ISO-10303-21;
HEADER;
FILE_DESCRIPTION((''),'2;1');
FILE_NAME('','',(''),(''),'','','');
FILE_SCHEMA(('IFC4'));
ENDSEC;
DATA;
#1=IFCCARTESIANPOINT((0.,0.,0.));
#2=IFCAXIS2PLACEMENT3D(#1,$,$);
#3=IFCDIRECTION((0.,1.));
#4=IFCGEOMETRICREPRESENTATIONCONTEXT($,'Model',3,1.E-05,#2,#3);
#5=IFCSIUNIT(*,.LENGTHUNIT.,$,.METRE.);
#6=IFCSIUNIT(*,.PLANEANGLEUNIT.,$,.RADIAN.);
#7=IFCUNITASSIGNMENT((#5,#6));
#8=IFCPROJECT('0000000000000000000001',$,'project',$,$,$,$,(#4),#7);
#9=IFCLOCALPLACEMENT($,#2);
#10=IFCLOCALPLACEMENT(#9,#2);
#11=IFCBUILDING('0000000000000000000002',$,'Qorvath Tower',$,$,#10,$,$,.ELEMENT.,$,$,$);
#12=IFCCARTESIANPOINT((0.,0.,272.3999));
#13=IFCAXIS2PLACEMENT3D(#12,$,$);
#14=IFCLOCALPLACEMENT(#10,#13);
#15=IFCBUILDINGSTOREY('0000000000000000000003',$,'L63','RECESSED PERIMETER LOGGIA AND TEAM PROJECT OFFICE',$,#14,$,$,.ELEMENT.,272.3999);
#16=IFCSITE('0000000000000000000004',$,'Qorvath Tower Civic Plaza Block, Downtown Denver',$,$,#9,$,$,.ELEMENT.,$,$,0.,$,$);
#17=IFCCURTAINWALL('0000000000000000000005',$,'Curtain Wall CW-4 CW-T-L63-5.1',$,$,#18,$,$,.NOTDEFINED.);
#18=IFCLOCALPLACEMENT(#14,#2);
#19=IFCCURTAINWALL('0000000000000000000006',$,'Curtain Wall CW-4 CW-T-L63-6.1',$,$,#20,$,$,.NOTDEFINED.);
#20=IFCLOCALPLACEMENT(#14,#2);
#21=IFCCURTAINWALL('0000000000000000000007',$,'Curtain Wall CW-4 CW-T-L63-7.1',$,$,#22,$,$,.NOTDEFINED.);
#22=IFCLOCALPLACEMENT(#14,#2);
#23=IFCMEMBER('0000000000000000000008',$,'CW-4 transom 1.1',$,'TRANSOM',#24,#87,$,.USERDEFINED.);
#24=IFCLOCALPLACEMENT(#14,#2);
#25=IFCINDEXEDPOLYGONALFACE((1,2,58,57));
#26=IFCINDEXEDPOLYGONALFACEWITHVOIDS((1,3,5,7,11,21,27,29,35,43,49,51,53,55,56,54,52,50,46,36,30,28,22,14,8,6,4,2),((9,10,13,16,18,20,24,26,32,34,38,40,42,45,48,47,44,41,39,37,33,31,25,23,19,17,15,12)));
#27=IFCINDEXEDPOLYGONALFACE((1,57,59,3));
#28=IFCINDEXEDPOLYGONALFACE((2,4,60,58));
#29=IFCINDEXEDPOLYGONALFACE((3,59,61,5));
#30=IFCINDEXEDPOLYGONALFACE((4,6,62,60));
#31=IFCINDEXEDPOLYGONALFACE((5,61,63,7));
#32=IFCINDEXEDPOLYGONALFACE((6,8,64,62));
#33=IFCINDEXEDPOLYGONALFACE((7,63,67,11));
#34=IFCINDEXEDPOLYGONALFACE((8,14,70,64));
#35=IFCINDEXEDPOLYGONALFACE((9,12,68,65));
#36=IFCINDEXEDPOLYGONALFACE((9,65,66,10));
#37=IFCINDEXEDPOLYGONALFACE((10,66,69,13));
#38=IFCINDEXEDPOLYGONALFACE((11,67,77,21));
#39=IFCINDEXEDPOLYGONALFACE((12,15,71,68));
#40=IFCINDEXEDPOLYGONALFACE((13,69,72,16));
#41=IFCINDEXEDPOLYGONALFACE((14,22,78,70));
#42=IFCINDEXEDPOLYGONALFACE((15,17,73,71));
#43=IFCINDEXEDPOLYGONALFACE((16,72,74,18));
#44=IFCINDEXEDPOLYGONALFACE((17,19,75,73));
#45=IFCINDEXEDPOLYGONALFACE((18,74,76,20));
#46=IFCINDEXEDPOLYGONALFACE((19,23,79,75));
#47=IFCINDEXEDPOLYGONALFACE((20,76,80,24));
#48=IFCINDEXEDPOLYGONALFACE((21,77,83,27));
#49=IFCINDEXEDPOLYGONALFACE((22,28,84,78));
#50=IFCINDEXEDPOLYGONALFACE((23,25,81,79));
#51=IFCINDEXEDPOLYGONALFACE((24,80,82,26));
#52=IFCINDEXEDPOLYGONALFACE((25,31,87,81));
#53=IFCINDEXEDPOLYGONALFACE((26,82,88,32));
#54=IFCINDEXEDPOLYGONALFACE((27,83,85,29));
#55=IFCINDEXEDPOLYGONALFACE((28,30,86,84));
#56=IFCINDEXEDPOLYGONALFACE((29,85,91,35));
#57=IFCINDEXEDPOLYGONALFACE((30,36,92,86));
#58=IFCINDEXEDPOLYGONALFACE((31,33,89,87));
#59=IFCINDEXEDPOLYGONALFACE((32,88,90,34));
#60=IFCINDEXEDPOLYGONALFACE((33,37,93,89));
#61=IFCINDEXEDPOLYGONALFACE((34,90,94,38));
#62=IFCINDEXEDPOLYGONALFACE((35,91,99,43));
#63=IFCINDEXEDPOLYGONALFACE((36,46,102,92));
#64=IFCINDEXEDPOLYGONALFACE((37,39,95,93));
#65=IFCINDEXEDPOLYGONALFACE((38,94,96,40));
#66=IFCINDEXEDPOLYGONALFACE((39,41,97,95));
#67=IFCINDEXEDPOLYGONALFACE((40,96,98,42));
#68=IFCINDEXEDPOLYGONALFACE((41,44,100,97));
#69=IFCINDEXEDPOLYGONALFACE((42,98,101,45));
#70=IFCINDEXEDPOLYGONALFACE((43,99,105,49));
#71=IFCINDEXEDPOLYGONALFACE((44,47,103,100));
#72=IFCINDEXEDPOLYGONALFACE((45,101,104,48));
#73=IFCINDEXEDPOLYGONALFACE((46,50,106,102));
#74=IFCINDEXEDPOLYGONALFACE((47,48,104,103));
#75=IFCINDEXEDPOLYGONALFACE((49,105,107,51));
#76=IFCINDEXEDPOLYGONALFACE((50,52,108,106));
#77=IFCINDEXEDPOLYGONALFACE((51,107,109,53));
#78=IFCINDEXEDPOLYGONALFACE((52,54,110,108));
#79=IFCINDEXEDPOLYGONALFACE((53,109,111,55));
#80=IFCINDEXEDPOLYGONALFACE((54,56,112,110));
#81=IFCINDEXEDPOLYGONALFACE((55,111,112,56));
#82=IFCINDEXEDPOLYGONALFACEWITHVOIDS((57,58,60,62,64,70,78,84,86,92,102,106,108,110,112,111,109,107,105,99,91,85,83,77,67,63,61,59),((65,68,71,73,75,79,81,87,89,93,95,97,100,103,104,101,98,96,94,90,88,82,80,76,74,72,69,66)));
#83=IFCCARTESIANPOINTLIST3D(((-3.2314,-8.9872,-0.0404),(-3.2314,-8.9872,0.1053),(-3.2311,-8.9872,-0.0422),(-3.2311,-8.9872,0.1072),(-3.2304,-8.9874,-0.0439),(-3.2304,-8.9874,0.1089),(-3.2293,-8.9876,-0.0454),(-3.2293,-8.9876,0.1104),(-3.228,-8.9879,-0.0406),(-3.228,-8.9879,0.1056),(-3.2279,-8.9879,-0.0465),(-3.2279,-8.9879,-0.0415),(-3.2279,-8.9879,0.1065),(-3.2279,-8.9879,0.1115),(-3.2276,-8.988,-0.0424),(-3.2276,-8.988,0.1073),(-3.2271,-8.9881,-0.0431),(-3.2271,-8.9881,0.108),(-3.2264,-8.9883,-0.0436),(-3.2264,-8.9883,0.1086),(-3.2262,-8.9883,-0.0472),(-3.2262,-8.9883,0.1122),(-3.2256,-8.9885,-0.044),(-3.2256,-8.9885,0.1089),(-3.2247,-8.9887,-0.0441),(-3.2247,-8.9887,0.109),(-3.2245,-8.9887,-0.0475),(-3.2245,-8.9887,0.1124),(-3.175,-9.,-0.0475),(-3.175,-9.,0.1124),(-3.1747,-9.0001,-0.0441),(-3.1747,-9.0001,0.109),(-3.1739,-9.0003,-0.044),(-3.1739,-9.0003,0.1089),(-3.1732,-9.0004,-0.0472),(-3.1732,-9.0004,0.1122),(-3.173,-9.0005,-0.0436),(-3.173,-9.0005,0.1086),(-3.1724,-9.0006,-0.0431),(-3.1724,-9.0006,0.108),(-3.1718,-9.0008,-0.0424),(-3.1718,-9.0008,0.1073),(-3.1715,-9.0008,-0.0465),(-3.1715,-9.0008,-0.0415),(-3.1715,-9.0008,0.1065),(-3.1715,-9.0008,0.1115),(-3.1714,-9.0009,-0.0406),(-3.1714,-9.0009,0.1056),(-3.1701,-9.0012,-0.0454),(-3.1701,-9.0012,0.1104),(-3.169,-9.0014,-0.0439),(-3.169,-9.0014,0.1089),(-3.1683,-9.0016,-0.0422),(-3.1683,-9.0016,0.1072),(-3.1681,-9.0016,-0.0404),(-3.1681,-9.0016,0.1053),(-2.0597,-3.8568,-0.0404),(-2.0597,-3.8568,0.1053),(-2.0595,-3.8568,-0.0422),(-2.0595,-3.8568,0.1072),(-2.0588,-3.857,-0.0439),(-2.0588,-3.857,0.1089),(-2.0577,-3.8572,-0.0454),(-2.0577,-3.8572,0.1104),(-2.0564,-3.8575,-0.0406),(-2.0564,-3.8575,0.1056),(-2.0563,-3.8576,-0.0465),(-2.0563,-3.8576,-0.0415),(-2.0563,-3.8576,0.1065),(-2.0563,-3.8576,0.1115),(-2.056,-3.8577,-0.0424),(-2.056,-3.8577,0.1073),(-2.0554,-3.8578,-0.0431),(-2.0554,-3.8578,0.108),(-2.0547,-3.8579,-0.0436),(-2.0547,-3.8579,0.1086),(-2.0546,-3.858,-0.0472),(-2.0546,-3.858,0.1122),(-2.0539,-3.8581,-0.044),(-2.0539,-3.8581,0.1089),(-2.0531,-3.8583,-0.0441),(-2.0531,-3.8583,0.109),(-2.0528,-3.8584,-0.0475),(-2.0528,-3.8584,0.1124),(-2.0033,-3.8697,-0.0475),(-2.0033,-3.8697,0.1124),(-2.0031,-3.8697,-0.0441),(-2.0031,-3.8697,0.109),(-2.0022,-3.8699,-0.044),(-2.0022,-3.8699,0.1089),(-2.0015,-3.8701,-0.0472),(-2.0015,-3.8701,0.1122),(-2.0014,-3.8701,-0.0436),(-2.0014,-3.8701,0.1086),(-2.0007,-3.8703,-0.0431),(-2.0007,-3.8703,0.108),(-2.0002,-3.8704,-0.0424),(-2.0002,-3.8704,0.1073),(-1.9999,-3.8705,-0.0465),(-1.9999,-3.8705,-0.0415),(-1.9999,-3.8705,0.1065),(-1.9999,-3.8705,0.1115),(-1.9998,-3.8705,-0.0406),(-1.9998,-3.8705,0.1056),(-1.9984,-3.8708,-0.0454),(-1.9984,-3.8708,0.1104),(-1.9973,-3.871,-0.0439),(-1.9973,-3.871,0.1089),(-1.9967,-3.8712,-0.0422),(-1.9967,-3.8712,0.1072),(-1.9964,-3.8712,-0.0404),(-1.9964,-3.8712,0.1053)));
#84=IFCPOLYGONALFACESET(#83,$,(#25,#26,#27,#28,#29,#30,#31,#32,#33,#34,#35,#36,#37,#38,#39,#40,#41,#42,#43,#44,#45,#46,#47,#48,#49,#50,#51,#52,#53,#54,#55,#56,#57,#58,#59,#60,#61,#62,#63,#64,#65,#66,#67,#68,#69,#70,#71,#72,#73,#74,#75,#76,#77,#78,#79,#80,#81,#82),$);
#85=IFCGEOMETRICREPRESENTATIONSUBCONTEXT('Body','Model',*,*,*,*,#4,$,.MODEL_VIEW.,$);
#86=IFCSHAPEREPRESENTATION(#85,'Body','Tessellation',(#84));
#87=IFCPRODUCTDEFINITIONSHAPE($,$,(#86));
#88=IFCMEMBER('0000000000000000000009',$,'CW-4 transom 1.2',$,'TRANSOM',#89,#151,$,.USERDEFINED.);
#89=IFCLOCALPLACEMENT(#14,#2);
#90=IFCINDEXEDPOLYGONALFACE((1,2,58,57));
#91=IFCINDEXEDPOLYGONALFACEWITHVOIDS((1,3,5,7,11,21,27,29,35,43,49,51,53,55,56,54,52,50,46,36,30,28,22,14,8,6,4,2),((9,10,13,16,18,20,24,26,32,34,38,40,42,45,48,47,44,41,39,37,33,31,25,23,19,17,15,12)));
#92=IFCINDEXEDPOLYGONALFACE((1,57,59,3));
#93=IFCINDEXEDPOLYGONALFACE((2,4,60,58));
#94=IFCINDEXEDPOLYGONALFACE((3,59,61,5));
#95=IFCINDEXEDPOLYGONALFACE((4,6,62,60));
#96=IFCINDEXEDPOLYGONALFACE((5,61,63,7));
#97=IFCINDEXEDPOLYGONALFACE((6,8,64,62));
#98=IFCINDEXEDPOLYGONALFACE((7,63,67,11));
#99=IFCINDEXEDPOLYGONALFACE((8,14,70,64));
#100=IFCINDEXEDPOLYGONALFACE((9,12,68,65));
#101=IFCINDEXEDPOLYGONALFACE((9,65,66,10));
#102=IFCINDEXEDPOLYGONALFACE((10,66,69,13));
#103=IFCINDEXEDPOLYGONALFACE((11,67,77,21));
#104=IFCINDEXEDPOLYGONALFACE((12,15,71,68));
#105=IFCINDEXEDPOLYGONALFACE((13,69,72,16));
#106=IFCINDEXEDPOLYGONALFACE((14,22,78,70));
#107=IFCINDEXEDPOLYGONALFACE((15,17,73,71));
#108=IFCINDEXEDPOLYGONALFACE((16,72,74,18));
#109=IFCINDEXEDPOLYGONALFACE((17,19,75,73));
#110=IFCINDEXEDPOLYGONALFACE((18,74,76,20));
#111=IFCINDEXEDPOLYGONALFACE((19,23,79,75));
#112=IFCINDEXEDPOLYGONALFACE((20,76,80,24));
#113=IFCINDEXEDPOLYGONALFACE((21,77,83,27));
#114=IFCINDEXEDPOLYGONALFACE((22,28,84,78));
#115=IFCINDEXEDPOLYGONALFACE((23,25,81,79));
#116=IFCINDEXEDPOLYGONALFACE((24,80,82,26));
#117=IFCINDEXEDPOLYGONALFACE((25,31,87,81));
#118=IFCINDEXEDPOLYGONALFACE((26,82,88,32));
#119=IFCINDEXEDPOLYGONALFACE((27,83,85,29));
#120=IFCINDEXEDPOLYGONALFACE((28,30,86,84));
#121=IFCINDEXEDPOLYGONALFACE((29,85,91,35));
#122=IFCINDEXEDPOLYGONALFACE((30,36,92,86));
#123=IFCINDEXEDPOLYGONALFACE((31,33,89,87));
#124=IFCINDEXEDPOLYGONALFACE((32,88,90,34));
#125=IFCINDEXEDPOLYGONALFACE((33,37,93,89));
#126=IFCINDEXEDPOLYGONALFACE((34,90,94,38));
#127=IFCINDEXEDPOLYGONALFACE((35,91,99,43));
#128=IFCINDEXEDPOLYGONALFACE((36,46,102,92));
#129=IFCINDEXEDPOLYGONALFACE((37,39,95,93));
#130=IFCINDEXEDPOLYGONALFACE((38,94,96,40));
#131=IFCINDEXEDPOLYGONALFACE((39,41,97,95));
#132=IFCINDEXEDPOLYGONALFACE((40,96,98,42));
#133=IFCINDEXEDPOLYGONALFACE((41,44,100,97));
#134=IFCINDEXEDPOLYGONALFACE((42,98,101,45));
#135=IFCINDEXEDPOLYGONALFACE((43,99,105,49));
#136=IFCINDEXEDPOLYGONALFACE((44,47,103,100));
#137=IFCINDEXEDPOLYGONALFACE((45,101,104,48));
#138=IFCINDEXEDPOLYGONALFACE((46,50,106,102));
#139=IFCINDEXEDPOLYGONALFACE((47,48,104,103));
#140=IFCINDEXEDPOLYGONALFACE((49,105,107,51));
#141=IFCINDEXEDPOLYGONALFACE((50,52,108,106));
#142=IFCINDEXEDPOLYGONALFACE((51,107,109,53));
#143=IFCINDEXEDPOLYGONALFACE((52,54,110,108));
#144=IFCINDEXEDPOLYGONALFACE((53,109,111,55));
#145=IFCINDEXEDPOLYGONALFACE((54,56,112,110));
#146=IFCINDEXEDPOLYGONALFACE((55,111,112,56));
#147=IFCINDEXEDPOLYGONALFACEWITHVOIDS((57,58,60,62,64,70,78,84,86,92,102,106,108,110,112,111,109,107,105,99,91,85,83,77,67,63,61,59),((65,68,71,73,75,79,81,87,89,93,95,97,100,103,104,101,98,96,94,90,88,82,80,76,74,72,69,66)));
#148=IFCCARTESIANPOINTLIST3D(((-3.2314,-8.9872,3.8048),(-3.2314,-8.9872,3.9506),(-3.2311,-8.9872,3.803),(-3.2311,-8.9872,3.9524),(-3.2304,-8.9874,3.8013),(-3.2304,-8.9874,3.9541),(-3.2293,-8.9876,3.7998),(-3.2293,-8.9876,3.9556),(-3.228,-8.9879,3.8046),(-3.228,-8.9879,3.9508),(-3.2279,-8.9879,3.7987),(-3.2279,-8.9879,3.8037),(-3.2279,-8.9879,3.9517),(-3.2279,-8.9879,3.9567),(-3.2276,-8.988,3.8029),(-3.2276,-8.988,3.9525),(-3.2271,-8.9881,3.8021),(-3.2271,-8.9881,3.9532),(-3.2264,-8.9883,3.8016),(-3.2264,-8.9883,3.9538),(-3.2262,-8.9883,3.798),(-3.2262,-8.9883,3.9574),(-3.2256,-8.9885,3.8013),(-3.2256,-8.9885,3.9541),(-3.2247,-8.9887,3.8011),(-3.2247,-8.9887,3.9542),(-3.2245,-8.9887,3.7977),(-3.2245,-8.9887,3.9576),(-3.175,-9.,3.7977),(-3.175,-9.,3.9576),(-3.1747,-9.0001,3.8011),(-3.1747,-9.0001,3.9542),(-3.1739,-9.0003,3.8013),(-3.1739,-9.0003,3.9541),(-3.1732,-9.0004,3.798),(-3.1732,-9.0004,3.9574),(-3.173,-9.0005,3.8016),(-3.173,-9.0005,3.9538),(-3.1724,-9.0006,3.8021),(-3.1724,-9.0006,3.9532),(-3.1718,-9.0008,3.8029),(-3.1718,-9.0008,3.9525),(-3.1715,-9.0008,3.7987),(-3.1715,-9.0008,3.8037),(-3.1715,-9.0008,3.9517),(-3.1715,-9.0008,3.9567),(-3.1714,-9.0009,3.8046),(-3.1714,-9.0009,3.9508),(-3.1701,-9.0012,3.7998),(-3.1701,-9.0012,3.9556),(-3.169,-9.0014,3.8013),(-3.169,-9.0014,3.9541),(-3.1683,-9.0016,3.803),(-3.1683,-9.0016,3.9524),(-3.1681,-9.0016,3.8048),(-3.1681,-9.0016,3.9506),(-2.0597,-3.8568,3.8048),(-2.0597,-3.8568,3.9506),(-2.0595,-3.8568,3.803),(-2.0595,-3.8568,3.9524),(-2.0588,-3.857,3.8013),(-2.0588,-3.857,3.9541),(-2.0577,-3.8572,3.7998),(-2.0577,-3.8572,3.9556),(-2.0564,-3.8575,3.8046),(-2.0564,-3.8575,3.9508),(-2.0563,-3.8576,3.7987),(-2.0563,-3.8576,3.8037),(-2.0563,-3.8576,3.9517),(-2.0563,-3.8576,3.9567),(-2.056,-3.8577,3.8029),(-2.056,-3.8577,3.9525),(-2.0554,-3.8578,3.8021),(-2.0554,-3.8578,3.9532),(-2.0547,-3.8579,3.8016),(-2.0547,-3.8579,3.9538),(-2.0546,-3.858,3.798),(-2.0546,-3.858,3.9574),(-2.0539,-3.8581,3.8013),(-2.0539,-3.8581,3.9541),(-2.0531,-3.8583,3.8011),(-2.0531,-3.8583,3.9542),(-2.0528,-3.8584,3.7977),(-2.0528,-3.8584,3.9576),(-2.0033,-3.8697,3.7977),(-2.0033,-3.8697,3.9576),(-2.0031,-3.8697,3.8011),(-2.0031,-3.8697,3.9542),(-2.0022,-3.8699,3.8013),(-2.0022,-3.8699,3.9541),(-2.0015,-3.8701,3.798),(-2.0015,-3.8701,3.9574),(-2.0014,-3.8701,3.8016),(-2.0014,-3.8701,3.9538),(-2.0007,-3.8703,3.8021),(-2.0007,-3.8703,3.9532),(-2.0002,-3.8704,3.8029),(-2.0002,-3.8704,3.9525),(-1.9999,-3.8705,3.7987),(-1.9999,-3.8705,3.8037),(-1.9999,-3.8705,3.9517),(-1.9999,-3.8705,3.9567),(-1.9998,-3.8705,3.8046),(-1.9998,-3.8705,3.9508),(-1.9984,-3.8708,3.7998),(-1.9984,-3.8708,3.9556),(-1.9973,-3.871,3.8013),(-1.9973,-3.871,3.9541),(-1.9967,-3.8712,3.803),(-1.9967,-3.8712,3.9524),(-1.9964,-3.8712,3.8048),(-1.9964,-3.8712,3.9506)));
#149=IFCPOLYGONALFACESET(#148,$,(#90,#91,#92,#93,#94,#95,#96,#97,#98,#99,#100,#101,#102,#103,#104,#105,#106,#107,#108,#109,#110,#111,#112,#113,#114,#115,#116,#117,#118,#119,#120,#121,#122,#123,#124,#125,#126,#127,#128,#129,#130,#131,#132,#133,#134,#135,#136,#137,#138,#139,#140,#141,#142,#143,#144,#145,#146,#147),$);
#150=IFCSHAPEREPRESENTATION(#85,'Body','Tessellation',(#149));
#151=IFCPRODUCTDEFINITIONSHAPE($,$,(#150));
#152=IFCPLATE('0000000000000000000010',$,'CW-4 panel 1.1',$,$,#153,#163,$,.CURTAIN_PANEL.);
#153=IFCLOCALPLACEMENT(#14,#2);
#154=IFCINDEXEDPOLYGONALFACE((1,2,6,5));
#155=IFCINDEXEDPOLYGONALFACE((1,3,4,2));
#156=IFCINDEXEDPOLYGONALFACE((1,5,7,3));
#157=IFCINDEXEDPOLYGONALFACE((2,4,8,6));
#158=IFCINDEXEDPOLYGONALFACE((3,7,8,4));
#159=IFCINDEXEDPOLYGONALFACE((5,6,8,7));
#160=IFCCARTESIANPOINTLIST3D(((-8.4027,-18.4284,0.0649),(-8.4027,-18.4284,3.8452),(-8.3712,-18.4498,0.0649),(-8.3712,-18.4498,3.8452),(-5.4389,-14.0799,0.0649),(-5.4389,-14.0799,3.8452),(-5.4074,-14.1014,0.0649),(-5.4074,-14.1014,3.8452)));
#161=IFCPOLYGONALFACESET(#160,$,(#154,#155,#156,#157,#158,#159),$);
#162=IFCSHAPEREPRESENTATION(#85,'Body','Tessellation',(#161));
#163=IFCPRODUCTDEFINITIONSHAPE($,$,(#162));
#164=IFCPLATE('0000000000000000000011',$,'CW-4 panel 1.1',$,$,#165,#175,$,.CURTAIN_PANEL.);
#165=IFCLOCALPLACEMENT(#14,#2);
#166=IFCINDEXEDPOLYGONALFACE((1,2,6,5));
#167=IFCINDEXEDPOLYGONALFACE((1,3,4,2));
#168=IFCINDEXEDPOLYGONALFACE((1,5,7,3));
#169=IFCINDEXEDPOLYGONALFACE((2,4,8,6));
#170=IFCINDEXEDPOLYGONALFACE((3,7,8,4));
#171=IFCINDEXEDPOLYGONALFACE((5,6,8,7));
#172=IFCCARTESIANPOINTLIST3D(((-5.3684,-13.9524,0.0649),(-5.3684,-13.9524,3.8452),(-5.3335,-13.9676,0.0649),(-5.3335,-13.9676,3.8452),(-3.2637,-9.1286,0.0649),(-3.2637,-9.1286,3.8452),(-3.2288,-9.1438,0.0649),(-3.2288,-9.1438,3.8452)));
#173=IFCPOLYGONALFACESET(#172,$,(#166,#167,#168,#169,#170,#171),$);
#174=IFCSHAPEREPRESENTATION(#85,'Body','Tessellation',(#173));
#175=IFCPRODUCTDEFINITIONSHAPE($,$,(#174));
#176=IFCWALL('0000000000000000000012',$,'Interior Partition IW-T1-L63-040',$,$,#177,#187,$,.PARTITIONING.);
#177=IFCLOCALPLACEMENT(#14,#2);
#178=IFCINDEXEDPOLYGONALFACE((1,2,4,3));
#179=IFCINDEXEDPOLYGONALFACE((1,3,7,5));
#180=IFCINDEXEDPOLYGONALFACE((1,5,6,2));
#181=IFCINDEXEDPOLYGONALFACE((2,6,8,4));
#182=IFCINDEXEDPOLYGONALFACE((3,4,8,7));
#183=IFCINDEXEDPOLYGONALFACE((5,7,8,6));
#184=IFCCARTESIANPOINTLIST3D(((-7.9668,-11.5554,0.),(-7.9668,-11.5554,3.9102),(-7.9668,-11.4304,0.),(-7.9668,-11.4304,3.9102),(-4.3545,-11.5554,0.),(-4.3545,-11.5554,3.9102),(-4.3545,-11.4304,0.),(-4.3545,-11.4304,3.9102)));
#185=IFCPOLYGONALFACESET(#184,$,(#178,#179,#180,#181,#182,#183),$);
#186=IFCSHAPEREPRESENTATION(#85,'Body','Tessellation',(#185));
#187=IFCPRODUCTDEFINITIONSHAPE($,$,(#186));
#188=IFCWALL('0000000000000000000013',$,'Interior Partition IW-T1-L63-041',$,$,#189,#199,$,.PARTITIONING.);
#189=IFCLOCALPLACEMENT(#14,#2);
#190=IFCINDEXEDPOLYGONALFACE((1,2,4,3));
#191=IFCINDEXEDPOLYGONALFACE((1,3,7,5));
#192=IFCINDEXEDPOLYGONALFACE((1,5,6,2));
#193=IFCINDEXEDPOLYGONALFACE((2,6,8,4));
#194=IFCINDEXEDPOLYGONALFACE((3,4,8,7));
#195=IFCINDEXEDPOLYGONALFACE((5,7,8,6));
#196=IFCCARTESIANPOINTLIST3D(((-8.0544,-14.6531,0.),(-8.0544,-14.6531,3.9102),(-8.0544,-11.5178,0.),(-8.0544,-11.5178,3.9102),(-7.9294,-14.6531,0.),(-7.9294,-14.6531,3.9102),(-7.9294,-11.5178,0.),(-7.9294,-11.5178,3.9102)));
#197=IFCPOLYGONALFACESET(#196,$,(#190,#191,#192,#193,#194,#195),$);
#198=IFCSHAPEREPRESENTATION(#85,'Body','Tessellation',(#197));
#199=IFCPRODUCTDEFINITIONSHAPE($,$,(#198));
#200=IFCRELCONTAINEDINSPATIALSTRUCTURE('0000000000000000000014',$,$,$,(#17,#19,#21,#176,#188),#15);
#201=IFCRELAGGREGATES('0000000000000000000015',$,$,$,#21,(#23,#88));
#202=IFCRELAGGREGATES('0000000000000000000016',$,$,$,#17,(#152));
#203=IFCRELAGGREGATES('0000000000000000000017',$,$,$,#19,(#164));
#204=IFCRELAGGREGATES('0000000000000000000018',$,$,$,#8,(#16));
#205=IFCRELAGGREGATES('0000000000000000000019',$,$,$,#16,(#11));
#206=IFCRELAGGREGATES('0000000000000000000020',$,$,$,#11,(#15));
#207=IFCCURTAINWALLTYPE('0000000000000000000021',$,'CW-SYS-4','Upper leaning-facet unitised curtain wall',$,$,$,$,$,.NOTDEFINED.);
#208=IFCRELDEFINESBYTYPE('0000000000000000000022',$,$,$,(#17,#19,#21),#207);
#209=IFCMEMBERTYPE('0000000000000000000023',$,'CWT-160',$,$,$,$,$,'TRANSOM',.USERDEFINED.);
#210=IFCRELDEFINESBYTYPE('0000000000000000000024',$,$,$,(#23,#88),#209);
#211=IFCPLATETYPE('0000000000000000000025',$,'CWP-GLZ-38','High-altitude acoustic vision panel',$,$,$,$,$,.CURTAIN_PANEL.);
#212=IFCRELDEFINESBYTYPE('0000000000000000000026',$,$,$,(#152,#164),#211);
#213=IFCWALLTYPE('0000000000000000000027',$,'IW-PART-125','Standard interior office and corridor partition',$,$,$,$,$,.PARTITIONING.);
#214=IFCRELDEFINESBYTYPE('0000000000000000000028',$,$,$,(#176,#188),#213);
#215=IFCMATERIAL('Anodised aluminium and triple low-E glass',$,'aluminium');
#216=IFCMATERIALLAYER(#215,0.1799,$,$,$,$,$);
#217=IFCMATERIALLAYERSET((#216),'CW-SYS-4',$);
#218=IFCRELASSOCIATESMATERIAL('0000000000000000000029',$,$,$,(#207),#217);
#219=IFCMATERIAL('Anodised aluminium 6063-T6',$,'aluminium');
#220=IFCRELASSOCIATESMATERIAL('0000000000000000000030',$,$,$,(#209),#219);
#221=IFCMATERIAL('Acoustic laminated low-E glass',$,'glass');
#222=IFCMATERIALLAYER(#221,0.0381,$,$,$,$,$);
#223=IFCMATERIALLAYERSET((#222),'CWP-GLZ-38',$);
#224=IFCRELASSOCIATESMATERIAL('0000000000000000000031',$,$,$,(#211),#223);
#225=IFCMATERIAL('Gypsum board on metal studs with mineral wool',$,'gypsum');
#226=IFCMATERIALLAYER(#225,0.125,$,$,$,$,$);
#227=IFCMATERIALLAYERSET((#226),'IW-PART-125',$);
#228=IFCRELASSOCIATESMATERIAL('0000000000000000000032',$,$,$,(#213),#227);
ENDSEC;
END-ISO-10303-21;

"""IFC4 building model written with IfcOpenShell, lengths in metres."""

from ifc_helpers import new_model, si_unit, direction, frame, frame_2d, origin, origin_2d, place, context, subcontext, project, spatial, rectangle, hollow_rectangle, extrude, material, layer, layer_set, material_profile, profile_set, type_object, element, aggregate, save


model = new_model("IFC4")

# Units and contexts
model_context = context("Model", 3, precision=1e-05, world=origin(), true_north=direction((0.0, 1.0)))
body_context = subcontext(model_context, "Body", "Model", "MODEL_VIEW")
ifc_project = project(units=[si_unit("LENGTHUNIT", "METRE"), si_unit("PLANEANGLEUNIT", "RADIAN")], contexts=[model_context])

# Site, building, storey
site_placement = place(None, origin())
site = spatial("IfcSite", under=ifc_project, at=site_placement, Name="Qorvath Tower Civic Plaza Block, Downtown Denver", CompositionType="ELEMENT", RefElevation=0.0)
building_placement = place(site_placement, origin())
building = spatial("IfcBuilding", under=site, at=building_placement, Name="Qorvath Tower", CompositionType="ELEMENT")
storey_placement = place(building_placement, frame((0.0, 0.0, 272.3999)))
storey = spatial("IfcBuildingStorey", under=building, at=storey_placement, Name="L63", Description="RECESSED PERIMETER LOGGIA AND TEAM PROJECT OFFICE", CompositionType="ELEMENT", Elevation=272.3999)

# Shared definitions
ifc_material_1 = material(Name="Anodised aluminium and triple low-E glass", Category="aluminium")
ifc_layer_1 = layer(ifc_material_1, 0.1799)
ifc_layer_set_1 = layer_set([ifc_layer_1], Name="CW-SYS-4")
curtain_wall_type = type_object("IfcCurtainWallType", Name="CW-SYS-4", Description="Upper leaning-facet unitised curtain wall", PredefinedType="NOTDEFINED", material=ifc_layer_set_1)

# Curtain walls
curtain_wall_1_placement = place(storey_placement, origin())
curtain_wall_1 = element("IfcCurtainWall", 1, at=curtain_wall_1_placement, inside=storey, type_object=curtain_wall_type, Name="Curtain Wall CW-4 CW-T-L63-5.1", PredefinedType="NOTDEFINED")
curtain_wall_2_placement = place(storey_placement, origin())
curtain_wall_2 = element("IfcCurtainWall", 2, at=curtain_wall_2_placement, inside=storey, type_object=curtain_wall_type, Name="Curtain Wall CW-4 CW-T-L63-6.1", PredefinedType="NOTDEFINED")

# Curtain wall
curtain_wall_3_placement = place(storey_placement, origin())
curtain_wall_3 = element("IfcCurtainWall", 3, at=curtain_wall_3_placement, inside=storey, type_object=curtain_wall_type, Name="Curtain Wall CW-4 CW-T-L63-7.1", PredefinedType="NOTDEFINED")

# Members
ifc_material_2 = material(Name="Anodised aluminium 6063-T6", Category="aluminium")
ifc_material_profile_1 = material_profile(ifc_material_2, hollow_rectangle(XDim=0.0649, YDim=0.1599, WallThickness=0.0034, InnerFilletRadius=0.0034, OuterFilletRadius=0.0071, at=origin_2d()), Name="CWT 160x65")
ifc_profile_set_1 = profile_set([ifc_material_profile_1], Name="Anodised aluminium 6063-T6")
member_type_1 = type_object("IfcMemberType", Name="CWT-160", ElementType="TRANSOM", PredefinedType="USERDEFINED", material=ifc_profile_set_1)
member_1_placement = place(storey_placement, frame((-3.1997, -8.9944, 0.0325), z_axis=(0.22264, 0.974901, 0.0), x_axis=(-0.974901, 0.22264, 0.0)))
member_1 = element("IfcMember", 4, at=member_1_placement, type_object=member_type_1, Name="CW-4 transom 1.1", ObjectType="TRANSOM", PredefinedType="USERDEFINED", context=body_context, shape_type="SweptSolid", body=[
    extrude(hollow_rectangle(XDim=0.0649, YDim=0.1599, WallThickness=0.0034, InnerFilletRadius=0.0034, OuterFilletRadius=0.0071, at=origin_2d()), origin(), (0.0, 0.0, 1.0), 5.2625),
])
member_2_placement = place(storey_placement, frame((-3.1997, -8.9944, 3.8777), z_axis=(0.22264, 0.974901, 0.0), x_axis=(-0.974901, 0.22264, 0.0)))
member_2 = element("IfcMember", 5, at=member_2_placement, type_object=member_type_1, Name="CW-4 transom 1.2", ObjectType="TRANSOM", PredefinedType="USERDEFINED", context=body_context, shape_type="SweptSolid", body=[
    extrude(hollow_rectangle(XDim=0.0649, YDim=0.1599, WallThickness=0.0034, InnerFilletRadius=0.0034, OuterFilletRadius=0.0071, at=origin_2d()), origin(), (0.0, 0.0, 1.0), 5.2625),
])
aggregate(curtain_wall_3, [member_1, member_2])

# Plates
ifc_material_3 = material(Name="Acoustic laminated low-E glass", Category="glass")
ifc_layer_2 = layer(ifc_material_3, 0.0381)
ifc_layer_set_2 = layer_set([ifc_layer_2], Name="CWP-GLZ-38")
plate_type = type_object("IfcPlateType", Name="CWP-GLZ-38", Description="High-altitude acoustic vision panel", PredefinedType="CURTAIN_PANEL", material=ifc_layer_set_2)
plate_1_placement = place(storey_placement, frame((-6.905, -16.2649, 0.0649), z_axis=(0.0, 0.0, 1.0), x_axis=(0.563203, 0.826319, 0.0)))
plate_1 = element("IfcPlate", 6, at=plate_1_placement, type_object=plate_type, Name="CW-4 panel 1.1", PredefinedType="CURTAIN_PANEL", context=body_context, shape_type="SweptSolid", body=[
    extrude(rectangle(XDim=5.2625, YDim=0.0381, at=origin_2d()), origin(), (0.0, 0.0, 1.0), 3.7803),
])
aggregate(curtain_wall_1, [plate_1])
plate_2_placement = place(storey_placement, frame((-4.2986, -11.5481, 0.0649), z_axis=(0.0, 0.0, 1.0), x_axis=(0.3999, 0.916559, 0.0)))
plate_2 = element("IfcPlate", 7, at=plate_2_placement, type_object=plate_type, Name="CW-4 panel 1.1", PredefinedType="CURTAIN_PANEL", context=body_context, shape_type="SweptSolid", body=[
    extrude(rectangle(XDim=5.2629, YDim=0.0381, at=origin_2d()), origin(), (0.0, 0.0, 1.0), 3.7803),
])
aggregate(curtain_wall_2, [plate_2])

# Walls
ifc_material_4 = material(Name="Gypsum board on metal studs with mineral wool", Category="gypsum")
ifc_layer_3 = layer(ifc_material_4, 0.125)
ifc_layer_set_3 = layer_set([ifc_layer_3], Name="IW-PART-125")
wall_type = type_object("IfcWallType", Name="IW-PART-125", Description="Standard interior office and corridor partition", PredefinedType="PARTITIONING", material=ifc_layer_set_3)
wall_1_placement = place(storey_placement, frame((-4.3545, -11.4929, 0.0), z_axis=(0.0, 0.0, 1.0), x_axis=(-1.0, 0.0, 0.0)))
element("IfcWall", 8, at=wall_1_placement, inside=storey, type_object=wall_type, Name="Interior Partition IW-T1-L63-040", PredefinedType="PARTITIONING", context=body_context, shape_type="SweptSolid", body=[
    extrude(rectangle(XDim=3.6123, YDim=0.125, at=frame_2d((1.8062, 0.0))), origin(), (0.0, 0.0, 1.0), 3.9102),
])
wall_2_placement = place(storey_placement, frame((-7.9919, -14.6531, 0.0), z_axis=(0.0, 0.0, 1.0), x_axis=(0.0, 1.0, 0.0)))
element("IfcWall", 9, at=wall_2_placement, inside=storey, type_object=wall_type, Name="Interior Partition IW-T1-L63-041", PredefinedType="PARTITIONING", context=body_context, shape_type="SweptSolid", body=[
    extrude(rectangle(XDim=3.1353, YDim=0.125, at=frame_2d((1.5676, 0.0))), origin(), (0.0, 0.0, 1.0), 3.9102),
])

save(model, "model.ifc")
